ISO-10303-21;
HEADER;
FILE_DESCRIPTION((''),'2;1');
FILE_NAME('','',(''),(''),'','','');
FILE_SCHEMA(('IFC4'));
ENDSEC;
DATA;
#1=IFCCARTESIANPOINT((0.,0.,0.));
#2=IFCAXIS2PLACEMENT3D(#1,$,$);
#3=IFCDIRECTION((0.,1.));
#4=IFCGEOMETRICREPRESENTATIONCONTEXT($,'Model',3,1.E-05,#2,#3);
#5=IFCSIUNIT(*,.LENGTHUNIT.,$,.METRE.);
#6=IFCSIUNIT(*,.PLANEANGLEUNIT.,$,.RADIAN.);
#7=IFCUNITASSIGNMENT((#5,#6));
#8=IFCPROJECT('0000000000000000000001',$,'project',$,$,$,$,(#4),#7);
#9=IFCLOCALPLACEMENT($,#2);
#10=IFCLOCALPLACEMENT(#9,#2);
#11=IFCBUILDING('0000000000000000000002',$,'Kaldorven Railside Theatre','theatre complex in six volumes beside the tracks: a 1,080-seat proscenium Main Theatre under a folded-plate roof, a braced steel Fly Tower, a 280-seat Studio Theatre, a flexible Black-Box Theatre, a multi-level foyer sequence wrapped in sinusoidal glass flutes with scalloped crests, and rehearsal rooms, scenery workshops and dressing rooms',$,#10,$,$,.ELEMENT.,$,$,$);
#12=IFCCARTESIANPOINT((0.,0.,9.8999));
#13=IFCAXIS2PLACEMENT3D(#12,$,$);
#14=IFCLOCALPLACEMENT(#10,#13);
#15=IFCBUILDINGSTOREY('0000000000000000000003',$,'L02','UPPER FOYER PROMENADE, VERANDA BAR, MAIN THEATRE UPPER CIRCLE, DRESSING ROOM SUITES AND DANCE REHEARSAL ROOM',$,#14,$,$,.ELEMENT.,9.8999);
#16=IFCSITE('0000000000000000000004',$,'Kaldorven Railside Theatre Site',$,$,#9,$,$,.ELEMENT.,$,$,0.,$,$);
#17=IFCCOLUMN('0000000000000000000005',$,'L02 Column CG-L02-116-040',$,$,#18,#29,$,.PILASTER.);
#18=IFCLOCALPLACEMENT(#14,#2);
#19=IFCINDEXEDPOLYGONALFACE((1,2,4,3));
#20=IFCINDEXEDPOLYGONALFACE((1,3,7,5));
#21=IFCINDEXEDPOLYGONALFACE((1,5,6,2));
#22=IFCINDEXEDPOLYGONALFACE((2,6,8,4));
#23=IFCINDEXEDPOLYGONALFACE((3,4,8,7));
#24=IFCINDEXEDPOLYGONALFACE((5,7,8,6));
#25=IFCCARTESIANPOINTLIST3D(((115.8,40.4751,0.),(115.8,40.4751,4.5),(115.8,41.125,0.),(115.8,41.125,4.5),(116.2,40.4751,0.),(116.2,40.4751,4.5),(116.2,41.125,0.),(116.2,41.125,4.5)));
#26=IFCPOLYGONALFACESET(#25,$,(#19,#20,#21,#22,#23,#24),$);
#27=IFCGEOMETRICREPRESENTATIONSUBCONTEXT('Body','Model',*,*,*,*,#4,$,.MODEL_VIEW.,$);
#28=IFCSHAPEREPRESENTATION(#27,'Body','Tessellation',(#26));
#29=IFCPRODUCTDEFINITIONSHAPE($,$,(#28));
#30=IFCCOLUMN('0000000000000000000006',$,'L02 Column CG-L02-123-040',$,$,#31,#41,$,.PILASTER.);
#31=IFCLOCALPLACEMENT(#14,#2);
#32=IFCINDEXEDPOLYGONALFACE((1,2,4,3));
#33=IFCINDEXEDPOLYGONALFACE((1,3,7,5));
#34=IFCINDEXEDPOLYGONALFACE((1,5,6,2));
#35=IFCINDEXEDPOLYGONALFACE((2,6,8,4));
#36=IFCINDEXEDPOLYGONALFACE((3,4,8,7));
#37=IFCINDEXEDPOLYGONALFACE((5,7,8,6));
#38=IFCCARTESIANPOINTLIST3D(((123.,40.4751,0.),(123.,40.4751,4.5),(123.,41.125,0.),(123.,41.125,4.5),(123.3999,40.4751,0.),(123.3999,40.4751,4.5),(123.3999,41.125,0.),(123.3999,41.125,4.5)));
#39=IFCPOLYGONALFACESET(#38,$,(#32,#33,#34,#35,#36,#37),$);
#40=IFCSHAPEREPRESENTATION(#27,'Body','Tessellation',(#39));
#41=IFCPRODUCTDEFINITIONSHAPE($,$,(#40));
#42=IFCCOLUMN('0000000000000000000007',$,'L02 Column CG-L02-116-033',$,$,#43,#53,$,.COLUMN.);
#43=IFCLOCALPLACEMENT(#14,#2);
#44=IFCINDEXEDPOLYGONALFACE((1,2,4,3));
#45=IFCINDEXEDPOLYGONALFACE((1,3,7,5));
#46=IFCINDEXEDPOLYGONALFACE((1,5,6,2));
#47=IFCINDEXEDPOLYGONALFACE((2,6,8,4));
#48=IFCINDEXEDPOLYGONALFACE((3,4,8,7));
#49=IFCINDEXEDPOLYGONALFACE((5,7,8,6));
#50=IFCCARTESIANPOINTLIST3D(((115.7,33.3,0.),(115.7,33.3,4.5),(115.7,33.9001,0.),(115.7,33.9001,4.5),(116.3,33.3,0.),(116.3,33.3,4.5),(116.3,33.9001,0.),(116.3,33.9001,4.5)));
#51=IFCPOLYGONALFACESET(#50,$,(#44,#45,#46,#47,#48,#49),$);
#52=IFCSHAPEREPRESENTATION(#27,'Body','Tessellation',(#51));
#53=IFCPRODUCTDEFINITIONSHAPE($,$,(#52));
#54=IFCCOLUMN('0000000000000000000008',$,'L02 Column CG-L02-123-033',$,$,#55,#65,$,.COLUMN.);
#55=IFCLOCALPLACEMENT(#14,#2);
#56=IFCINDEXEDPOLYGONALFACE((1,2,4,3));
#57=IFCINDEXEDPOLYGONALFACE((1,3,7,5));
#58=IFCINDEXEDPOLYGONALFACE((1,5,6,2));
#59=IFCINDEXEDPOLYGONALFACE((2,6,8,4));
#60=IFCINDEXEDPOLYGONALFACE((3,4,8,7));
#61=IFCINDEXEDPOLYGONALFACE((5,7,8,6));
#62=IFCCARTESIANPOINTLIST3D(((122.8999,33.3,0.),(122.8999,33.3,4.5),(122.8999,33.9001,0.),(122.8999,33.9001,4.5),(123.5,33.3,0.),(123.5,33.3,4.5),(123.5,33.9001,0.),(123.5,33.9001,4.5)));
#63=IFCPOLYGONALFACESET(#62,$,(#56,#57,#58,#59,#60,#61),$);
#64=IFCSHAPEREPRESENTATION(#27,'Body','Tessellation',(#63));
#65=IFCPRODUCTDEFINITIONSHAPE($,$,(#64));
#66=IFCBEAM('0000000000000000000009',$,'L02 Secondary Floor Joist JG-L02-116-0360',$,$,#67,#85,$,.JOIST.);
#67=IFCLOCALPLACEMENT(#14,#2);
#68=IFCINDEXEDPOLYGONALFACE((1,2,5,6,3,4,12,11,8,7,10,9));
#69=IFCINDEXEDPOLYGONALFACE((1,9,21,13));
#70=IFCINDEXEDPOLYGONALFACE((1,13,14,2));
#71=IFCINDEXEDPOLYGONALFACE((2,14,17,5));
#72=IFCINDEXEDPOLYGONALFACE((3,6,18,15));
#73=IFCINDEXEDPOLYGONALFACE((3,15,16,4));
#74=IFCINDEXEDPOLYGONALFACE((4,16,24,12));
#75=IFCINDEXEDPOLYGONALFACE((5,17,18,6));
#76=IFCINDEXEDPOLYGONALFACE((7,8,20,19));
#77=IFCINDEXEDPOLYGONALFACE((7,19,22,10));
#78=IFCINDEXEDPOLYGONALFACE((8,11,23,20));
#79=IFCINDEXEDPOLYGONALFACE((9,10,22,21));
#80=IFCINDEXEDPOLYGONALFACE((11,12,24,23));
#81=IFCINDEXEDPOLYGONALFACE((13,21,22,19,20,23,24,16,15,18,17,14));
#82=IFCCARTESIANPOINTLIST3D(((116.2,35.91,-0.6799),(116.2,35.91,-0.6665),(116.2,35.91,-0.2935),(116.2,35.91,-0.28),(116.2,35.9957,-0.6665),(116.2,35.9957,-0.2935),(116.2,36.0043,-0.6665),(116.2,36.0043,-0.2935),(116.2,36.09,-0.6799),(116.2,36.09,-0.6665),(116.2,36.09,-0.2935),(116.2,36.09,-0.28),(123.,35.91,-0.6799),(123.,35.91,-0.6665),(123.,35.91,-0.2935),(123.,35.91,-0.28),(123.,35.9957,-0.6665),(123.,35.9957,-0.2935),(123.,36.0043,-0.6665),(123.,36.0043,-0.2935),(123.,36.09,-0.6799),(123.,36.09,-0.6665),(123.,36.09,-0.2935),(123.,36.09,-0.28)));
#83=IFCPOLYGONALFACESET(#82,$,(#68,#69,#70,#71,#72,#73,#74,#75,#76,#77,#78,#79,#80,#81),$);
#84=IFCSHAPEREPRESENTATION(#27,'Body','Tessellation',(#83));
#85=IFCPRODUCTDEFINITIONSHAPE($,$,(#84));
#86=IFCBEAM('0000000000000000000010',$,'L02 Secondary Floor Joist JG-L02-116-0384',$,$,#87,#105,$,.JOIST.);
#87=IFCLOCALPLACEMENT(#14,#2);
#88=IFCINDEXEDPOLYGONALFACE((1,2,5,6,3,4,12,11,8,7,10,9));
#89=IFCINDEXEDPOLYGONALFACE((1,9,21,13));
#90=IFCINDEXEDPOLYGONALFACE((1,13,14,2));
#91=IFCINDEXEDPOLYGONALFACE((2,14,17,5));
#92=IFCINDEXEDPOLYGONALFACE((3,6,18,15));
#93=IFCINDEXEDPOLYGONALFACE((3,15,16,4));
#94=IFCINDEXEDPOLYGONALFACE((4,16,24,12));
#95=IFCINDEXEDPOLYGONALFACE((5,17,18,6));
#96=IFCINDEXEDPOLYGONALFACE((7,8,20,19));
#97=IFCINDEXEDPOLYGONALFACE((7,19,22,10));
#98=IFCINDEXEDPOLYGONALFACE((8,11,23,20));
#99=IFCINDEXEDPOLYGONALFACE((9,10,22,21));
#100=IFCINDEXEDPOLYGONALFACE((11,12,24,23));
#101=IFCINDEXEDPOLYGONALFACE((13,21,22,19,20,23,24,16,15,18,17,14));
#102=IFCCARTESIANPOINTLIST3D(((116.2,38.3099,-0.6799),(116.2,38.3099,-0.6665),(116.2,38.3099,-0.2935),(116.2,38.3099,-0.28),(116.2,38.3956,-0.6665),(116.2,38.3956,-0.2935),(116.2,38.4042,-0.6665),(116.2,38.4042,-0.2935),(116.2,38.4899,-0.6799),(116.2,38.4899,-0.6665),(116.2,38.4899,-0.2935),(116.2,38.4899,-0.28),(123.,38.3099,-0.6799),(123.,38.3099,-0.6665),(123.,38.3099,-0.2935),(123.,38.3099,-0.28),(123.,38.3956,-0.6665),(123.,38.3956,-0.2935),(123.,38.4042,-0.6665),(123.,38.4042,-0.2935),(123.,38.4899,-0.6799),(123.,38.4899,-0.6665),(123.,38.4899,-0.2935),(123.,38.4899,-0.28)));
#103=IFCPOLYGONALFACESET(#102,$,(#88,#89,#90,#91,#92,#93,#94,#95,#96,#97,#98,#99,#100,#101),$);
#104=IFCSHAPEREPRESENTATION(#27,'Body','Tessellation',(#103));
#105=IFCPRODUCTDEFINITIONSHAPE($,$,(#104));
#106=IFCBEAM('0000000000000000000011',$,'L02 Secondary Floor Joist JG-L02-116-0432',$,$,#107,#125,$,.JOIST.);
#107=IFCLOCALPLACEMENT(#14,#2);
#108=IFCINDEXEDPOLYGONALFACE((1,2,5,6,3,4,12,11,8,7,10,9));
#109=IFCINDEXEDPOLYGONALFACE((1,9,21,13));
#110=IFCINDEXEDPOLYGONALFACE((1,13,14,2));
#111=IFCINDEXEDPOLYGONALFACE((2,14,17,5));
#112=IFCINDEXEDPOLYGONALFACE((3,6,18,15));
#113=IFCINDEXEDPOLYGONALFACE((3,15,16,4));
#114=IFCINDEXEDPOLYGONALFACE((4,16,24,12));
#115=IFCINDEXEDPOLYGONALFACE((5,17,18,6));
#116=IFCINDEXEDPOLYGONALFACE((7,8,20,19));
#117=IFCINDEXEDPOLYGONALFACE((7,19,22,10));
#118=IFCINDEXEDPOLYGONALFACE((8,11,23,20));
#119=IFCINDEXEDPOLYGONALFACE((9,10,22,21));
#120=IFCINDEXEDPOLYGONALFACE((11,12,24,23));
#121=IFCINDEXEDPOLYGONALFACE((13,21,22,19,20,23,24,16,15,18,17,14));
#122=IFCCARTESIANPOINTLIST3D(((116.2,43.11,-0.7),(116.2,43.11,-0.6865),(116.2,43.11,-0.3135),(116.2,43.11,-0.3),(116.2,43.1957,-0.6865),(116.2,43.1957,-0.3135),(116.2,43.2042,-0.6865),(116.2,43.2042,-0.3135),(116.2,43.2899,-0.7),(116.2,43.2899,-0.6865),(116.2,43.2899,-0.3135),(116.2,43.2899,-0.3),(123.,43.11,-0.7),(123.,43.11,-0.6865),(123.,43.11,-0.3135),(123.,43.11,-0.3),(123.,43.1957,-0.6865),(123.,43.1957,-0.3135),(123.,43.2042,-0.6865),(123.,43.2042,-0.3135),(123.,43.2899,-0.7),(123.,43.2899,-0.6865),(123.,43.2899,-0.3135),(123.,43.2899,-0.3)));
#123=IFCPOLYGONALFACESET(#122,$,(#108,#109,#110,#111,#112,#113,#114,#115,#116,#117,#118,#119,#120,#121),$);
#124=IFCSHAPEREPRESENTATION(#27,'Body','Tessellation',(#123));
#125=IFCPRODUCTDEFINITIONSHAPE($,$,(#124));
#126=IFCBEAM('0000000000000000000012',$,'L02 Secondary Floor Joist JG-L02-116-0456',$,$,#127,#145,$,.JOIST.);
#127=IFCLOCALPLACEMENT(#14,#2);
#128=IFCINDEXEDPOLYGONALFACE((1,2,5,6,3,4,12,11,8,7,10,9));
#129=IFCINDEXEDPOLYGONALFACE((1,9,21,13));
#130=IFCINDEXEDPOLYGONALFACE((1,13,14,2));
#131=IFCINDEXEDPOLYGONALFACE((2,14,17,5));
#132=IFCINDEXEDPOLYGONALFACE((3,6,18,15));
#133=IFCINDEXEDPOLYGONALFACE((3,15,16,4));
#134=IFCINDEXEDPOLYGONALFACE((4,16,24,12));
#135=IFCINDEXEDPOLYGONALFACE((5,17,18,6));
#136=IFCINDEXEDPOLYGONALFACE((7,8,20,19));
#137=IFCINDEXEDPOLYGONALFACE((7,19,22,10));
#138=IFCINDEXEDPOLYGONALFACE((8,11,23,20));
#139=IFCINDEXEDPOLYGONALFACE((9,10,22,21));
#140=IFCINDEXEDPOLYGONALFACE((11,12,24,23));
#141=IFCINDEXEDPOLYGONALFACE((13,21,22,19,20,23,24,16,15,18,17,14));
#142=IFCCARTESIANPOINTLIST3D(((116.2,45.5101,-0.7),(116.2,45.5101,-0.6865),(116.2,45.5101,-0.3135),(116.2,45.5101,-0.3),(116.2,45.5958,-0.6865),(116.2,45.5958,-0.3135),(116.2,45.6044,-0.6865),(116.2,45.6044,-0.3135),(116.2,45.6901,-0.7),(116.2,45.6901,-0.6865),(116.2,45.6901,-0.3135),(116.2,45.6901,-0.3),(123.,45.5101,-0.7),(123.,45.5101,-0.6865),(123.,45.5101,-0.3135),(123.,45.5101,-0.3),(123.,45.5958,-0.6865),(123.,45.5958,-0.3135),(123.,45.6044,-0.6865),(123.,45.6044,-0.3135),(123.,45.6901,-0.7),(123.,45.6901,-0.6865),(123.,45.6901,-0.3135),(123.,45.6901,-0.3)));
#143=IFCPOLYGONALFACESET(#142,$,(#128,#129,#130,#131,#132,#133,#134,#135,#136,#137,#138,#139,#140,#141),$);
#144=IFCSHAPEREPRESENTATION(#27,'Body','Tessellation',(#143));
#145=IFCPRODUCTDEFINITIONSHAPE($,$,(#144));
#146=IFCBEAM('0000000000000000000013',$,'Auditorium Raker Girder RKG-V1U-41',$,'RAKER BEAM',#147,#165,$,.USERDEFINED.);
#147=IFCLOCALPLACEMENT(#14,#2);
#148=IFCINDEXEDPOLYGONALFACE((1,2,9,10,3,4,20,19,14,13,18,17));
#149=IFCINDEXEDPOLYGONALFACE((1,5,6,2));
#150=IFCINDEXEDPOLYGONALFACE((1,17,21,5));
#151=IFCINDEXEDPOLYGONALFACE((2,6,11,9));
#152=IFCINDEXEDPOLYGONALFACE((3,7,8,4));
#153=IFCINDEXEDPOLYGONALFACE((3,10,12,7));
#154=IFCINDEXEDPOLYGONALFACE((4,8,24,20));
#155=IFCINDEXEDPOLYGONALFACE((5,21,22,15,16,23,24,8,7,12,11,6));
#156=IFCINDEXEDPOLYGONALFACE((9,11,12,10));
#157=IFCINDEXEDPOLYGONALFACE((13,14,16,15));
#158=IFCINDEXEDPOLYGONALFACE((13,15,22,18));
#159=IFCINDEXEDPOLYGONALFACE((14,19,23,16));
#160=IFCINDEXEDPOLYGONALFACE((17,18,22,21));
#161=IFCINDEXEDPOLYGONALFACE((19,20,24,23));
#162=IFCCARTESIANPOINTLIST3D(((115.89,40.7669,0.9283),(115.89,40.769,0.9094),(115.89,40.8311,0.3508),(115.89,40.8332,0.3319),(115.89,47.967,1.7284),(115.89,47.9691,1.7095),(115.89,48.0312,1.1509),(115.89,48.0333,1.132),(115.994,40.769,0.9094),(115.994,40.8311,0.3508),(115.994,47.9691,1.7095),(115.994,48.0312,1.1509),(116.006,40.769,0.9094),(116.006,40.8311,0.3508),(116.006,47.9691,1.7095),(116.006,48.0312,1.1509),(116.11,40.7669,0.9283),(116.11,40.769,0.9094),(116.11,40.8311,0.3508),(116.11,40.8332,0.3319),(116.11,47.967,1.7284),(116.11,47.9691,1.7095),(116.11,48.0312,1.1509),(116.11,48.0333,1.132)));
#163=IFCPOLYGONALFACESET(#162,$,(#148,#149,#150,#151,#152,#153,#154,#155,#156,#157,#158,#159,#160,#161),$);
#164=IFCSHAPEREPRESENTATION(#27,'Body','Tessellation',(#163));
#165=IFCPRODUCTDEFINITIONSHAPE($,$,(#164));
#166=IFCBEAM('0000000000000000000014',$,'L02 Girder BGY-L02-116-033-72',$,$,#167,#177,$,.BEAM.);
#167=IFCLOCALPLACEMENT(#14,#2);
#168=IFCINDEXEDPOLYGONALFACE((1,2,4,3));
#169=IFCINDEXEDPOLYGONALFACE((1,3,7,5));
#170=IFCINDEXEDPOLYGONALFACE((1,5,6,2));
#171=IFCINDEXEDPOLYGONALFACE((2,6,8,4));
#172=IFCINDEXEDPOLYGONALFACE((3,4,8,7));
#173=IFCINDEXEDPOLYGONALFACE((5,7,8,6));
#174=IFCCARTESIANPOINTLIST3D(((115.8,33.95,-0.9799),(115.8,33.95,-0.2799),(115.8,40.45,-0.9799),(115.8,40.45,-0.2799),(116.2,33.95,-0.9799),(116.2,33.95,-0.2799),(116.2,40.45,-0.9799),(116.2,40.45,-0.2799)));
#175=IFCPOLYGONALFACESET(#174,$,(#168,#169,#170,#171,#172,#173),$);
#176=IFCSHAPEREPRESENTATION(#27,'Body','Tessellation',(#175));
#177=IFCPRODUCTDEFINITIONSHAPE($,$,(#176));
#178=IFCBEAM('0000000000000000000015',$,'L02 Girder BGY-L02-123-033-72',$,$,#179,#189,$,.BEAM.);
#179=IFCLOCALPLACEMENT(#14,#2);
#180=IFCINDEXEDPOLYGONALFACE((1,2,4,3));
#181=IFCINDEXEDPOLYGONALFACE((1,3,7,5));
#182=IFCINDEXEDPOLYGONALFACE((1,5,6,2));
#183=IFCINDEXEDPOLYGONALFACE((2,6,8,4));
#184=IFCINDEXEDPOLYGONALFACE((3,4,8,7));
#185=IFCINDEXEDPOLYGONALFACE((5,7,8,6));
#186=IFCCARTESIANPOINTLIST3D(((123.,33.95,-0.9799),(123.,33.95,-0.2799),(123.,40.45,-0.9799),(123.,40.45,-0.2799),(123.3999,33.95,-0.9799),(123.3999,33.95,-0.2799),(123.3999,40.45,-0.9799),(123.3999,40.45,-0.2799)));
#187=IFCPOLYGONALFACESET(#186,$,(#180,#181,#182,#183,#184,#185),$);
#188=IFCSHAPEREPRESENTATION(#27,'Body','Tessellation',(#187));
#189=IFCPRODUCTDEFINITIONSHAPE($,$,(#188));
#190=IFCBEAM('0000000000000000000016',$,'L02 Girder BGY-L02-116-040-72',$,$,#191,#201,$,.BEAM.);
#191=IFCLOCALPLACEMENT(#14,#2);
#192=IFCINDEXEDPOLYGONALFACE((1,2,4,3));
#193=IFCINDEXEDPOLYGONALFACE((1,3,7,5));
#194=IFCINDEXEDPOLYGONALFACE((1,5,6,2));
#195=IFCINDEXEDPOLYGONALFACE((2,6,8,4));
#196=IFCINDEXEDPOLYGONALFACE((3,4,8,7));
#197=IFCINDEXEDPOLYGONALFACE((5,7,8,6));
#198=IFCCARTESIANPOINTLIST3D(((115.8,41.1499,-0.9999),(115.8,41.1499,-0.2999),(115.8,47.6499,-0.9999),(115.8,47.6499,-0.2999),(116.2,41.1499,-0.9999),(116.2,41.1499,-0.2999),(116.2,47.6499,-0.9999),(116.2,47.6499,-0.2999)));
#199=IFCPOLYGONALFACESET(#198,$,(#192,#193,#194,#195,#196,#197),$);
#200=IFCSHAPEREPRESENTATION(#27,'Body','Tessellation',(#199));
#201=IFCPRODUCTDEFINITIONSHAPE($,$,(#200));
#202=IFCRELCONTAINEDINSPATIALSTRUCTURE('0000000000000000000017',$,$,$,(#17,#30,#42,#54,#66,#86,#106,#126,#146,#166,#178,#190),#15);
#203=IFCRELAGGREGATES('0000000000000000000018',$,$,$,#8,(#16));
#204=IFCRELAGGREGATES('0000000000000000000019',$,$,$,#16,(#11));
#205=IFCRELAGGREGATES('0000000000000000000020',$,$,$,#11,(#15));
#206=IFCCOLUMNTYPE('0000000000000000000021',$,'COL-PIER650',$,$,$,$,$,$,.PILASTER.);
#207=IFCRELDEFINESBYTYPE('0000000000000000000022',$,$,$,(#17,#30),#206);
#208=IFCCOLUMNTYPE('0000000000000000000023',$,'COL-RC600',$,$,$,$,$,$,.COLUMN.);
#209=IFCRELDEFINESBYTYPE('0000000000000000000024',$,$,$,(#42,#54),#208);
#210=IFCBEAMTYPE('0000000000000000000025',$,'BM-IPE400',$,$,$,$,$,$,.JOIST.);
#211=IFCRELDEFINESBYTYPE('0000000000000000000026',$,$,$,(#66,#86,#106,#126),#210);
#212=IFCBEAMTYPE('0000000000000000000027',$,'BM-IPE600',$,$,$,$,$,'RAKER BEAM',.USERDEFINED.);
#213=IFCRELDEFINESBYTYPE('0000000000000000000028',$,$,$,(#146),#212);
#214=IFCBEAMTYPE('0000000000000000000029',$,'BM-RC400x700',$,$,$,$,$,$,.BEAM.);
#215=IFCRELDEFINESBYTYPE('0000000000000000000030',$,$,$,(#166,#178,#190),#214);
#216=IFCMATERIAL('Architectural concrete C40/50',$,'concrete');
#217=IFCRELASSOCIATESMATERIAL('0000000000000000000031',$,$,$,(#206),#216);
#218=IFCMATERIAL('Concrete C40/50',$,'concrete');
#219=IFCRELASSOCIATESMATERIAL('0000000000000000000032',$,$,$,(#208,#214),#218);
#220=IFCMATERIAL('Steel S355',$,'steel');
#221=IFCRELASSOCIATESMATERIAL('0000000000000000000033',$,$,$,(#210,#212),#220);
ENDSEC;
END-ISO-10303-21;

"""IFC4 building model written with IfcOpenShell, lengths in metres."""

from ifc_helpers import new_model, si_unit, direction, frame, origin, origin_2d, place, context, subcontext, project, spatial, rectangle, i_section, extrude, material, material_profile, profile_set, type_object, element, save


model = new_model("IFC4")

# Units and contexts
model_context = context("Model", 3, precision=1e-05, world=origin(), true_north=direction((0.0, 1.0)))
body_context = subcontext(model_context, "Body", "Model", "MODEL_VIEW")
ifc_project = project(units=[si_unit("LENGTHUNIT", "METRE"), si_unit("PLANEANGLEUNIT", "RADIAN")], contexts=[model_context])

# Site, building, storey
site_placement = place(None, origin())
site = spatial("IfcSite", under=ifc_project, at=site_placement, Name="Kaldorven Railside Theatre Site", CompositionType="ELEMENT", RefElevation=0.0)
building_placement = place(site_placement, origin())
building = spatial("IfcBuilding", under=site, at=building_placement, Name="Kaldorven Railside Theatre", Description="theatre complex in six volumes beside the tracks: a 1,080-seat proscenium Main Theatre under a folded-plate roof, a braced steel Fly Tower, a 280-seat Studio Theatre, a flexible Black-Box Theatre, a multi-level foyer sequence wrapped in sinusoidal glass flutes with scalloped crests, and rehearsal rooms, scenery workshops and dressing rooms", CompositionType="ELEMENT")
storey_placement = place(building_placement, frame((0.0, 0.0, 9.8999)))
storey = spatial("IfcBuildingStorey", under=building, at=storey_placement, Name="L02", Description="UPPER FOYER PROMENADE, VERANDA BAR, MAIN THEATRE UPPER CIRCLE, DRESSING ROOM SUITES AND DANCE REHEARSAL ROOM", CompositionType="ELEMENT", Elevation=9.8999)

# Columns
ifc_material_1 = material(Name="Architectural concrete C40/50", Category="concrete")
ifc_material_profile_1 = material_profile(ifc_material_1, rectangle(XDim=0.3999, YDim=0.6499, at=origin_2d()), Name="RC 400x650")
ifc_profile_set_1 = profile_set([ifc_material_profile_1], Name="Architectural concrete C40/50")
column_type_1 = type_object("IfcColumnType", Name="COL-PIER650", PredefinedType="PILASTER", material=ifc_profile_set_1)
for number, where, z_axis, x_axis, name in (
    (1, (116.0, 40.8, 0.0), (0.0, 0.0, 1.0), (1.0, 0.0, 0.0), "L02 Column CG-L02-116-040"),
    (2, (123.2, 40.8, 0.0), (0.0, 0.0, 1.0), (1.0, 0.0, 0.0), "L02 Column CG-L02-123-040"),
):
    element("IfcColumn", number, at=place(storey_placement, frame(where, z_axis=z_axis, x_axis=x_axis)), inside=storey, type_object=column_type_1, Name=name, PredefinedType="PILASTER", context=body_context, shape_type="SweptSolid", body=[
        extrude(rectangle(XDim=0.3999, YDim=0.6499, at=origin_2d()), origin(), (0.0, 0.0, 1.0), 4.5),
    ])
ifc_material_2 = material(Name="Concrete C40/50", Category="concrete")
ifc_material_profile_2 = material_profile(ifc_material_2, rectangle(XDim=0.6001, YDim=0.6001, at=origin_2d()), Name="RC 600x600")
ifc_profile_set_2 = profile_set([ifc_material_profile_2], Name="Concrete C40/50")
column_type_2 = type_object("IfcColumnType", Name="COL-RC600", PredefinedType="COLUMN", material=ifc_profile_set_2)
for number, where, z_axis, x_axis, name in (
    (3, (116.0, 33.6001, 0.0), (0.0, 0.0, 1.0), (0.0, 1.0, 0.0), "L02 Column CG-L02-116-033"),
    (4, (123.2, 33.6001, 0.0), (0.0, 0.0, 1.0), (1.0, 0.0, 0.0), "L02 Column CG-L02-123-033"),
):
    element("IfcColumn", number, at=place(storey_placement, frame(where, z_axis=z_axis, x_axis=x_axis)), inside=storey, type_object=column_type_2, Name=name, PredefinedType="COLUMN", context=body_context, shape_type="SweptSolid", body=[
        extrude(rectangle(XDim=0.6001, YDim=0.6001, at=origin_2d()), origin(), (0.0, 0.0, 1.0), 4.5),
    ])

# Beams
ifc_material_3 = material(Name="Steel S355", Category="steel")
ifc_material_profile_3 = material_profile(ifc_material_3, i_section(OverallWidth=0.1799, OverallDepth=0.3999, WebThickness=0.0085, FlangeThickness=0.0134, at=origin_2d()), Name="IPE 400")
ifc_profile_set_3 = profile_set([ifc_material_profile_3], Name="Steel S355")
beam_type_1 = type_object("IfcBeamType", Name="BM-IPE400", PredefinedType="JOIST", material=ifc_profile_set_3)
for number, where, z_axis, x_axis, name in (
    (5, (116.2, 36.0, -0.48), (1.0, 0.0, 0.0), (0.0, 1.0, 0.0), "L02 Secondary Floor Joist JG-L02-116-0360"),
    (6, (116.2, 38.3999, -0.48), (1.0, 0.0, 0.0), (0.0, 1.0, 0.0), "L02 Secondary Floor Joist JG-L02-116-0384"),
    (7, (116.2, 43.2, -0.5), (1.0, 0.0, 0.0), (0.0, 1.0, 0.0), "L02 Secondary Floor Joist JG-L02-116-0432"),
    (8, (116.2, 45.6001, -0.5), (1.0, 0.0, 0.0), (0.0, 1.0, 0.0), "L02 Secondary Floor Joist JG-L02-116-0456"),
):
    element("IfcBeam", number, at=place(storey_placement, frame(where, z_axis=z_axis, x_axis=x_axis)), inside=storey, type_object=beam_type_1, Name=name, PredefinedType="JOIST", context=body_context, shape_type="SweptSolid", body=[
        extrude(i_section(OverallWidth=0.1799, OverallDepth=0.3999, WebThickness=0.0085, FlangeThickness=0.0134, at=origin_2d()), origin(), (0.0, 0.0, 1.0), 6.8),
    ])
ifc_material_profile_4 = material_profile(ifc_material_3, i_section(OverallWidth=0.22, OverallDepth=0.6001, WebThickness=0.012, FlangeThickness=0.019, at=origin_2d()), Name="IPE 600")
ifc_profile_set_4 = profile_set([ifc_material_profile_4], Name="Steel S355")
beam_type_2 = type_object("IfcBeamType", Name="BM-IPE600", ElementType="RAKER BEAM", PredefinedType="USERDEFINED", material=ifc_profile_set_4)
beam_placement = place(storey_placement, frame((116.0, 40.8, 0.6301), z_axis=(0.0, 0.993883, 0.110439), x_axis=(-1.0, 0.0, 0.0)))
element("IfcBeam", 9, at=beam_placement, inside=storey, type_object=beam_type_2, Name="Auditorium Raker Girder RKG-V1U-41", ObjectType="RAKER BEAM", PredefinedType="USERDEFINED", context=body_context, shape_type="SweptSolid", body=[
    extrude(i_section(OverallWidth=0.22, OverallDepth=0.6001, WebThickness=0.012, FlangeThickness=0.019, at=origin_2d()), origin(), (0.0, 0.0, 1.0), 7.2444),
])
ifc_material_profile_5 = material_profile(ifc_material_2, rectangle(XDim=0.3999, YDim=0.7, at=origin_2d()), Name="RC 400x700")
ifc_profile_set_5 = profile_set([ifc_material_profile_5], Name="Concrete C40/50")
beam_type_3 = type_object("IfcBeamType", Name="BM-RC400x700", PredefinedType="BEAM", material=ifc_profile_set_5)
for number, where, z_axis, x_axis, name in (
    (10, (116.0, 33.95, -0.6299), (0.0, 1.0, 0.0), (-1.0, 0.0, 0.0), "L02 Girder BGY-L02-116-033-72"),
    (11, (123.2, 33.95, -0.6299), (0.0, 1.0, 0.0), (-1.0, 0.0, 0.0), "L02 Girder BGY-L02-123-033-72"),
    (12, (116.0, 41.1499, -0.6499), (0.0, 1.0, 0.0), (-1.0, 0.0, 0.0), "L02 Girder BGY-L02-116-040-72"),
):
    element("IfcBeam", number, at=place(storey_placement, frame(where, z_axis=z_axis, x_axis=x_axis)), inside=storey, type_object=beam_type_3, Name=name, PredefinedType="BEAM", context=body_context, shape_type="SweptSolid", body=[
        extrude(rectangle(XDim=0.3999, YDim=0.7, at=origin_2d()), origin(), (0.0, 0.0, 1.0), 6.5),
    ])

save(model, "model.ifc")
